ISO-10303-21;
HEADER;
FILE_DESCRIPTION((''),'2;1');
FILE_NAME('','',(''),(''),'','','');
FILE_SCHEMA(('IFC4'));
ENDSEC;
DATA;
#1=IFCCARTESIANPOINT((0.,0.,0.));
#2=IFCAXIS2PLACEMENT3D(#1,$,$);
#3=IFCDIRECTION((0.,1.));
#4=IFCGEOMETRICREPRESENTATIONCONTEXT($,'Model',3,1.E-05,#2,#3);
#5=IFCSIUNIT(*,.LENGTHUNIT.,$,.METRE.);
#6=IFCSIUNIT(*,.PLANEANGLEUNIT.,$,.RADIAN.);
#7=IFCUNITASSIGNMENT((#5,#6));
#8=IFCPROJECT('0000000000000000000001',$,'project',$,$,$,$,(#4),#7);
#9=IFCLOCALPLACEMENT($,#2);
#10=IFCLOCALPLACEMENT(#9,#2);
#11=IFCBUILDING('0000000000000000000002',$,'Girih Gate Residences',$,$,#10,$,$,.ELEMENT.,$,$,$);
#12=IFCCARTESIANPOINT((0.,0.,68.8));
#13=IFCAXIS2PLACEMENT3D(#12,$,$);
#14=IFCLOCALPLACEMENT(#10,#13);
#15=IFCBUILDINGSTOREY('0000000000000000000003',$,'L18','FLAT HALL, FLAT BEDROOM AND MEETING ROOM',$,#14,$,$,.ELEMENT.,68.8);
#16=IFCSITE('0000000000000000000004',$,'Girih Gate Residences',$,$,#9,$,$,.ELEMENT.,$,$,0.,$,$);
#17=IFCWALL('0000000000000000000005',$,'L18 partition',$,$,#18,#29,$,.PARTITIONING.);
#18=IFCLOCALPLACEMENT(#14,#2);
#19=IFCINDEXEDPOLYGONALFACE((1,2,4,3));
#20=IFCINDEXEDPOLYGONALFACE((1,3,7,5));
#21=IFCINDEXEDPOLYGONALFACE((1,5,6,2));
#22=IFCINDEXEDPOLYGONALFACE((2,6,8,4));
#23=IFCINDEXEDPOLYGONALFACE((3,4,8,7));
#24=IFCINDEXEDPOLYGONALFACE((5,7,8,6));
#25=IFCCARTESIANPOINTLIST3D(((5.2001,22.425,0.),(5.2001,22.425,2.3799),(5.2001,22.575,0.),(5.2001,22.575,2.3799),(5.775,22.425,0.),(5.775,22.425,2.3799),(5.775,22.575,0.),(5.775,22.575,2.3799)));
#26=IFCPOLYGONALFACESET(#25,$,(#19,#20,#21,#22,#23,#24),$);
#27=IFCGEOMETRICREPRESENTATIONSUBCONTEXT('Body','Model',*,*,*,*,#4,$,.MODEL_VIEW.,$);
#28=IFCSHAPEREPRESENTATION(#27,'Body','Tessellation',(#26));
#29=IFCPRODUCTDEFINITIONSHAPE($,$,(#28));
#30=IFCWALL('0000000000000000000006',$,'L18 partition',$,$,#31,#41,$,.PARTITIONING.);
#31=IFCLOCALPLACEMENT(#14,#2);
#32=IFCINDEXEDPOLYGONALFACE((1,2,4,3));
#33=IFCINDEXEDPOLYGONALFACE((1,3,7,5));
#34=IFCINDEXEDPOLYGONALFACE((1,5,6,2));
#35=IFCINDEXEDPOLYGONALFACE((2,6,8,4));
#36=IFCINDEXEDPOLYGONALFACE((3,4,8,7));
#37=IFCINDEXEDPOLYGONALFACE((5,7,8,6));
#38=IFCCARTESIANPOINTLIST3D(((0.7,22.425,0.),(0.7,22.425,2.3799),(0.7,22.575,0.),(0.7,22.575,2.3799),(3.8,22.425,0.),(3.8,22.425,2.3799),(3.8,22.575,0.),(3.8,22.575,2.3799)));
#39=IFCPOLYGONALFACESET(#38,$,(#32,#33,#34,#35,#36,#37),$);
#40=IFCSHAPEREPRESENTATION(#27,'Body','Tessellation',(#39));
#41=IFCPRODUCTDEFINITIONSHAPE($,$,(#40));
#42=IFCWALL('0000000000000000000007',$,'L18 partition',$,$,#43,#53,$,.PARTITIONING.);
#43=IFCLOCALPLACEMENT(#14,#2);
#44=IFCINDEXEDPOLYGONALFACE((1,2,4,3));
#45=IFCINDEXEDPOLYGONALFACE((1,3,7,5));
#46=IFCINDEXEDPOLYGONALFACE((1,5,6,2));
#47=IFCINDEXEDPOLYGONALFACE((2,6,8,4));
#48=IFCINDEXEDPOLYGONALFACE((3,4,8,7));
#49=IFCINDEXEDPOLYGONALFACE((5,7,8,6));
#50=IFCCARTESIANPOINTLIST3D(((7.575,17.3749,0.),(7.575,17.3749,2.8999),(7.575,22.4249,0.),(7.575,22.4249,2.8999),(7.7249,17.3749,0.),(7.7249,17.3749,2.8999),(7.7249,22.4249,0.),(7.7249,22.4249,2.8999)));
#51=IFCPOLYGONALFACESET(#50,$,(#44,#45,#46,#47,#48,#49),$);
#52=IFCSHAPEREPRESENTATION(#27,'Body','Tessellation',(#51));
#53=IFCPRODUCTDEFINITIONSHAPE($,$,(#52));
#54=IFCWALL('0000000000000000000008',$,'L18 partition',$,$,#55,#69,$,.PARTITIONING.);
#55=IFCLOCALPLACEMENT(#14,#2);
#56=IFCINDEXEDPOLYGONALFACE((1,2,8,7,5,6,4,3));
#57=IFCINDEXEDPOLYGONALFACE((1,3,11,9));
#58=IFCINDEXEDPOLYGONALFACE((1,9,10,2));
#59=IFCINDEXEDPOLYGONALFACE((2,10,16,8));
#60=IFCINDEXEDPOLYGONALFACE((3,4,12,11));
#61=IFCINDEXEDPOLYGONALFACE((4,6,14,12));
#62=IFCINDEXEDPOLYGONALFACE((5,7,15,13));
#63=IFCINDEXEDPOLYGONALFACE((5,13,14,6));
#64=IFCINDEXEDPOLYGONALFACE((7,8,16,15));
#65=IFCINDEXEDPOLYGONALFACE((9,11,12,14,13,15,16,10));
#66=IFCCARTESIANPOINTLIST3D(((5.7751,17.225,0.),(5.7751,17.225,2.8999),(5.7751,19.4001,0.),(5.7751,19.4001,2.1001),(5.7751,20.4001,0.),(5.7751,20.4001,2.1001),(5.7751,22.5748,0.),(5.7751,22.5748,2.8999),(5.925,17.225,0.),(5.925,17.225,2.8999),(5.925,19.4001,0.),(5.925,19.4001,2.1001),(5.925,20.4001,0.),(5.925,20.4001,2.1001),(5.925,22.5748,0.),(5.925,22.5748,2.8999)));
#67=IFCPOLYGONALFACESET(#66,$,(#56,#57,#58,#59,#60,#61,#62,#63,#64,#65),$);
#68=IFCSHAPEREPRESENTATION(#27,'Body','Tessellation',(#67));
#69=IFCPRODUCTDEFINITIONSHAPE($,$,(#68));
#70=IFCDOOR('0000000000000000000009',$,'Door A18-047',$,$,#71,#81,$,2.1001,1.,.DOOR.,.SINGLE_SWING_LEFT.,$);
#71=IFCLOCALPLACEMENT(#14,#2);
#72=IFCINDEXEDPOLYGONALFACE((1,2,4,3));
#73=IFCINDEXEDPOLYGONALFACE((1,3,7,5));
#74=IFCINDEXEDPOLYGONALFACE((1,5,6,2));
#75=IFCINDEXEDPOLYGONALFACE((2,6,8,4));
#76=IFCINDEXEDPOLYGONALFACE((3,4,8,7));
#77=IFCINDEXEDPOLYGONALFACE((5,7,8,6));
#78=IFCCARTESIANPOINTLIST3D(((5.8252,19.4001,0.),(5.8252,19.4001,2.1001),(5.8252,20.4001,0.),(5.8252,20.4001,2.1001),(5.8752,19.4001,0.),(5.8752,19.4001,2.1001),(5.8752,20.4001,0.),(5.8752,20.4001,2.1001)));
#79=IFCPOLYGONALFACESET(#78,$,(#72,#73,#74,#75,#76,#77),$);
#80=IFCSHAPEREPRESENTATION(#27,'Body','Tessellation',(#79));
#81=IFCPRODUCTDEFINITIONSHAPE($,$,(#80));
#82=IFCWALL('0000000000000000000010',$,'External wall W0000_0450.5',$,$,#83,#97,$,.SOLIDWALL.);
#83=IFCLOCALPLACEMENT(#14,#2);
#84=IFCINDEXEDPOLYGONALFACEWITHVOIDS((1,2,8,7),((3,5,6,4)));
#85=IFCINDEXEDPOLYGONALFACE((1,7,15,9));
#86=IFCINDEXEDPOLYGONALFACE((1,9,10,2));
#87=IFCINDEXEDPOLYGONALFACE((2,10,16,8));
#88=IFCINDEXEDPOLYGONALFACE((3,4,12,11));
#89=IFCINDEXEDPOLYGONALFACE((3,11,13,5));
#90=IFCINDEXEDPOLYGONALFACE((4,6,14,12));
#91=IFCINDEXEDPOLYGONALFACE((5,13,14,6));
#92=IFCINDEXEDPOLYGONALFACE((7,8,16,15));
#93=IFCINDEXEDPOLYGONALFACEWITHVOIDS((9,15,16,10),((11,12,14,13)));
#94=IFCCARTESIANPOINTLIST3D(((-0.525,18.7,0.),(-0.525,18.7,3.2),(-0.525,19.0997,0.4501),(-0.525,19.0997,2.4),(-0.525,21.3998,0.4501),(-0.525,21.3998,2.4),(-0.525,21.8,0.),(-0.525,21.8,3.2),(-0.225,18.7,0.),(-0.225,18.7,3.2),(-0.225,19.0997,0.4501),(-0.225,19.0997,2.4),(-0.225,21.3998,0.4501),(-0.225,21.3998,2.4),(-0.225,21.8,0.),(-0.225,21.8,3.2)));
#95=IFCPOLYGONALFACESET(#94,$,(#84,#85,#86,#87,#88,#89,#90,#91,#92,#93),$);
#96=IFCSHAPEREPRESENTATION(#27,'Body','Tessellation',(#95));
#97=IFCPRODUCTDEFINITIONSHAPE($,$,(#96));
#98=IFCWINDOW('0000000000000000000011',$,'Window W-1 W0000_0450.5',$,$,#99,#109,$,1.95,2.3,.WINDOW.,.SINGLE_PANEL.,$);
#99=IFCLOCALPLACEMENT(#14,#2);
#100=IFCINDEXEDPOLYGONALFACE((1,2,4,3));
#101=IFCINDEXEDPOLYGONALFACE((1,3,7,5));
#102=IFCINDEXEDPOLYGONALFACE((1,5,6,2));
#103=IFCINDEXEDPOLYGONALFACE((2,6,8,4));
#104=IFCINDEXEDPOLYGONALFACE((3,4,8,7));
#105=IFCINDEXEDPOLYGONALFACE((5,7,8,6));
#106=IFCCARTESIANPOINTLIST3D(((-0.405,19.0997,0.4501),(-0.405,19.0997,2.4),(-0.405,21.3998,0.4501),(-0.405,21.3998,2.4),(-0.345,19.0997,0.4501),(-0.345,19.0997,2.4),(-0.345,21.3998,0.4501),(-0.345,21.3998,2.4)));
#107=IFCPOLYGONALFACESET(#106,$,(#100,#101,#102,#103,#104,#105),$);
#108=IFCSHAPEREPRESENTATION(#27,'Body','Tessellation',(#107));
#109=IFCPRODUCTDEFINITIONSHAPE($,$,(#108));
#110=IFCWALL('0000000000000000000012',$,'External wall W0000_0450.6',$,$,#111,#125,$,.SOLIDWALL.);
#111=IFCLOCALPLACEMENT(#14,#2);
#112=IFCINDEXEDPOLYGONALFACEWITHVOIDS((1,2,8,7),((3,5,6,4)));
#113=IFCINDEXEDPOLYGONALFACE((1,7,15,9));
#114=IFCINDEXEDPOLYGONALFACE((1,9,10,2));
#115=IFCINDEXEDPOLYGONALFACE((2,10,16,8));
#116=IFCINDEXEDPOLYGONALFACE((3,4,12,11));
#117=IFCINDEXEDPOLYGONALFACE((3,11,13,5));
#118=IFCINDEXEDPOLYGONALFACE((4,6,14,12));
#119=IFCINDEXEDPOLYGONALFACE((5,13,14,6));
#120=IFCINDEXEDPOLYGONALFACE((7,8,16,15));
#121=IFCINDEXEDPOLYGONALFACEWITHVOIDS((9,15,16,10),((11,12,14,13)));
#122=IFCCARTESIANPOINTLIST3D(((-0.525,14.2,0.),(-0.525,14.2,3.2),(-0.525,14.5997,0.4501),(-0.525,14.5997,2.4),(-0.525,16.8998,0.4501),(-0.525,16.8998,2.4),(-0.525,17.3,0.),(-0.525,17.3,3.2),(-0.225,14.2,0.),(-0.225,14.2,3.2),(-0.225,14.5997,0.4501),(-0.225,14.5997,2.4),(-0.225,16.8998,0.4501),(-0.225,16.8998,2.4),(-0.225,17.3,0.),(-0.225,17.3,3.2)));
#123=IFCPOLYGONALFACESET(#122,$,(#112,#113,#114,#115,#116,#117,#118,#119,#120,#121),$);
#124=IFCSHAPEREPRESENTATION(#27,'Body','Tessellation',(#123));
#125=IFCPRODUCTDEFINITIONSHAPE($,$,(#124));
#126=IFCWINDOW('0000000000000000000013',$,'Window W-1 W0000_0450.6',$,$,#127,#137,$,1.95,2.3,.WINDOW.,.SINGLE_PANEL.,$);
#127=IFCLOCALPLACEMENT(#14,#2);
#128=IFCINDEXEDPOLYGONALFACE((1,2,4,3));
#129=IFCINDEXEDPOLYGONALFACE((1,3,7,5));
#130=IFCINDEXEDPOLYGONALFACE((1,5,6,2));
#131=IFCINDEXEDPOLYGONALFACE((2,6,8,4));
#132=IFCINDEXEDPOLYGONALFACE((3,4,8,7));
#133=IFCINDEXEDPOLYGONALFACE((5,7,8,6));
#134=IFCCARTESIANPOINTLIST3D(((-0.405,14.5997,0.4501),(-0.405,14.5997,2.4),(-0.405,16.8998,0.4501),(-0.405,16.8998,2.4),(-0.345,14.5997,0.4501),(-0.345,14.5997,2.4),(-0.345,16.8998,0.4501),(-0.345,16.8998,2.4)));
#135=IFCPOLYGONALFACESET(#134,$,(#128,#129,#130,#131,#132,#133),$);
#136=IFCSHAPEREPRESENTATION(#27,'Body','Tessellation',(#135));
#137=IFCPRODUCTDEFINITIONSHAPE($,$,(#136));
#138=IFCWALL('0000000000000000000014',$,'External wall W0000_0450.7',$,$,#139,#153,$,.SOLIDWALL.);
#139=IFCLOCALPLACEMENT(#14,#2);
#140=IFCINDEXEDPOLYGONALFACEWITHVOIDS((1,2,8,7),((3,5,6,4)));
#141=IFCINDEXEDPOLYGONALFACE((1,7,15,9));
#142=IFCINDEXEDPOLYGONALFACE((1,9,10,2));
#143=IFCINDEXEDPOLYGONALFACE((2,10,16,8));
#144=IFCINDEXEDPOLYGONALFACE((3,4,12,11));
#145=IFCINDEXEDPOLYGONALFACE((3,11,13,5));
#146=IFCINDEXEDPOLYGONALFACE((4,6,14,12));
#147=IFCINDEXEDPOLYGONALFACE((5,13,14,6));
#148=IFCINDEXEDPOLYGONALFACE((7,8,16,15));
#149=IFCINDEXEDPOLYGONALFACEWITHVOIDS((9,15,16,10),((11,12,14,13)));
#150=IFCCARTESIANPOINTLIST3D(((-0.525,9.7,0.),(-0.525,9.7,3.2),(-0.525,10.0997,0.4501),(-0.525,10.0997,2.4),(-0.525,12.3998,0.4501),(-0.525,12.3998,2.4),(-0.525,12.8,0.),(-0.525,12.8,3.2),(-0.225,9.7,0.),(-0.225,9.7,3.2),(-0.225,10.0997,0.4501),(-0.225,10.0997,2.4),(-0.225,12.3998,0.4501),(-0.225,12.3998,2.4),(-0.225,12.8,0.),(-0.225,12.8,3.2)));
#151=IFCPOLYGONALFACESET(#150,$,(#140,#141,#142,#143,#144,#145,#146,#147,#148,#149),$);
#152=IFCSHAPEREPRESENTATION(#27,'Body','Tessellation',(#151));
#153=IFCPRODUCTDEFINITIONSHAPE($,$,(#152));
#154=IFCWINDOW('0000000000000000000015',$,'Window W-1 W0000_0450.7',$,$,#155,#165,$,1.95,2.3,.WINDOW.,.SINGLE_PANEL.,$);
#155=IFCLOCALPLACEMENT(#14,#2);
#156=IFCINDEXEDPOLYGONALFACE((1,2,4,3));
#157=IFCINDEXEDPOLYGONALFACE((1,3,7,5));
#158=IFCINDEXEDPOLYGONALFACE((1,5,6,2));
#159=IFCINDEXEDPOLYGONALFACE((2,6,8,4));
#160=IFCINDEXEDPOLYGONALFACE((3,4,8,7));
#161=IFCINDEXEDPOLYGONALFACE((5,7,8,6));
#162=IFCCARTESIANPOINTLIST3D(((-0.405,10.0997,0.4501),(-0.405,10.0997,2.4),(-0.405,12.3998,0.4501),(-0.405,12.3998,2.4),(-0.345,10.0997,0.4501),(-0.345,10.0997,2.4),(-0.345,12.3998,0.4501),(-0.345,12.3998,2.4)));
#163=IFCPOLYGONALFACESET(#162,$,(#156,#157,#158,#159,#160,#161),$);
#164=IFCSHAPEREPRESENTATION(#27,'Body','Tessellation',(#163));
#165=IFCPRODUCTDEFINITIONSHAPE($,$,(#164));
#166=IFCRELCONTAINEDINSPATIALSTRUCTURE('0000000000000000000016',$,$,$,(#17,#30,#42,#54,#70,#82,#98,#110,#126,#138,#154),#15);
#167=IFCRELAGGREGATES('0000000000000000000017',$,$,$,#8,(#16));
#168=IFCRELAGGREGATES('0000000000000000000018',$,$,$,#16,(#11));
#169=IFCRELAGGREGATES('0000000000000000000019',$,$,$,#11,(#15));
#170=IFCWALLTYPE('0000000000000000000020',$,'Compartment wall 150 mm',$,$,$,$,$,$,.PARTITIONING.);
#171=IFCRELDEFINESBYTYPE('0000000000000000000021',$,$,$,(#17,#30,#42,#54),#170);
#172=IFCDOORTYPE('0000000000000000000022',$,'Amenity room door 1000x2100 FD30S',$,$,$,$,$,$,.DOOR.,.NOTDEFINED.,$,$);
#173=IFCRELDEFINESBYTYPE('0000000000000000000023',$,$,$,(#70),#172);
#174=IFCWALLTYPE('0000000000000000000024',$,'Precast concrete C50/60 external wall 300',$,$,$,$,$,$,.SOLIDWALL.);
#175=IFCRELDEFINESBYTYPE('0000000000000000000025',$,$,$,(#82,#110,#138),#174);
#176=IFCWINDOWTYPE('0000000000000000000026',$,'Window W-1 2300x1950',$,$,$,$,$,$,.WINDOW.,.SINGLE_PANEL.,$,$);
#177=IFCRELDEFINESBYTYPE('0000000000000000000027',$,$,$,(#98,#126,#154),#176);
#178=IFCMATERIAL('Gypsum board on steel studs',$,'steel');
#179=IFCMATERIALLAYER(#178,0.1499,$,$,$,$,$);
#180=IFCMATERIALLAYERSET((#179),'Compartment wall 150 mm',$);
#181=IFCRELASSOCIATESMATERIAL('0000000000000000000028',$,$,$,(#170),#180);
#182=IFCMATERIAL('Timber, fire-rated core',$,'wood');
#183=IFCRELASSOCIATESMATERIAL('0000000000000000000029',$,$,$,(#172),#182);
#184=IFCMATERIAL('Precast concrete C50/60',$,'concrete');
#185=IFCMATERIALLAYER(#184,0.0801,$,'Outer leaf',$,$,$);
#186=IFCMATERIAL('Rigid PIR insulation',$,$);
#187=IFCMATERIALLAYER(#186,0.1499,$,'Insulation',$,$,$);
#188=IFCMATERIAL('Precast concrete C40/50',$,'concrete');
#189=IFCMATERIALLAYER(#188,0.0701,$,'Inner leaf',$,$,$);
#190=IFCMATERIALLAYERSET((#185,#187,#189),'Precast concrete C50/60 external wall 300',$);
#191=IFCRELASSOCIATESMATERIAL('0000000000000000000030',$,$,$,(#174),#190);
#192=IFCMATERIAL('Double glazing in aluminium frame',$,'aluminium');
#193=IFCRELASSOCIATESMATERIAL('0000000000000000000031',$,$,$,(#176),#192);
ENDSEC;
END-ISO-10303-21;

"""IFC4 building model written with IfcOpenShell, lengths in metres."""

from ifc_helpers import new_model, si_unit, direction, frame, frame_2d, origin, place, context, subcontext, project, spatial, rectangle, extrude, material, layer, layer_set, type_object, element, fill, save


model = new_model("IFC4")

# Units and contexts
model_context = context("Model", 3, precision=1e-05, world=origin(), true_north=direction((0.0, 1.0)))
body_context = subcontext(model_context, "Body", "Model", "MODEL_VIEW")
ifc_project = project(units=[si_unit("LENGTHUNIT", "METRE"), si_unit("PLANEANGLEUNIT", "RADIAN")], contexts=[model_context])

# Site, building, storey
site_placement = place(None, origin())
site = spatial("IfcSite", under=ifc_project, at=site_placement, Name="Girih Gate Residences", CompositionType="ELEMENT", RefElevation=0.0)
building_placement = place(site_placement, origin())
building = spatial("IfcBuilding", under=site, at=building_placement, Name="Girih Gate Residences", CompositionType="ELEMENT")
storey_placement = place(building_placement, frame((0.0, 0.0, 68.8)))
storey = spatial("IfcBuildingStorey", under=building, at=storey_placement, Name="L18", Description="FLAT HALL, FLAT BEDROOM AND MEETING ROOM", CompositionType="ELEMENT", Elevation=68.8)

# Shared definitions
ifc_material_1 = material(Name="Gypsum board on steel studs", Category="steel")
ifc_layer_1 = layer(ifc_material_1, 0.1499)
ifc_layer_set_1 = layer_set([ifc_layer_1], Name="Compartment wall 150 mm")
wall_type_1 = type_object("IfcWallType", Name="Compartment wall 150 mm", PredefinedType="PARTITIONING", material=ifc_layer_set_1)

# Walls
wall_1_placement = place(storey_placement, frame((5.2, 22.5, 0.0), z_axis=(0.0, 0.0, 1.0), x_axis=(1.0, 0.0, 0.0)))
element("IfcWall", 1, at=wall_1_placement, inside=storey, type_object=wall_type_1, Name="L18 partition", PredefinedType="PARTITIONING", context=body_context, shape_type="SweptSolid", body=[
    extrude(rectangle(XDim=0.575, YDim=0.1499, at=frame_2d((0.2876, 0.0))), origin(), (0.0, 0.0, 1.0), 2.3799),
])
wall_2_placement = place(storey_placement, frame((0.7, 22.5, 0.0), z_axis=(0.0, 0.0, 1.0), x_axis=(1.0, 0.0, 0.0)))
element("IfcWall", 2, at=wall_2_placement, inside=storey, type_object=wall_type_1, Name="L18 partition", PredefinedType="PARTITIONING", context=body_context, shape_type="SweptSolid", body=[
    extrude(rectangle(XDim=3.1001, YDim=0.1499, at=frame_2d((1.55, 0.0))), origin(), (0.0, 0.0, 1.0), 2.3799),
])
wall_3_placement = place(storey_placement, frame((7.6499, 17.375, 0.0), z_axis=(0.0, 0.0, 1.0), x_axis=(0.0, 1.0, 0.0)))
element("IfcWall", 3, at=wall_3_placement, inside=storey, type_object=wall_type_1, Name="L18 partition", PredefinedType="PARTITIONING", context=body_context, shape_type="SweptSolid", body=[
    extrude(rectangle(XDim=5.05, YDim=0.1499, at=frame_2d((2.5249, 0.0))), origin(), (0.0, 0.0, 1.0), 2.8999),
])

# Wall, opening, door
wall_4_placement = place(storey_placement, frame((5.8501, 17.2251, 0.0), z_axis=(0.0, 0.0, 1.0), x_axis=(0.0, 1.0, 0.0)))
wall_4 = element("IfcWall", 4, at=wall_4_placement, inside=storey, type_object=wall_type_1, Name="L18 partition", PredefinedType="PARTITIONING", context=body_context, shape_type="SweptSolid", body=[
    extrude(rectangle(XDim=5.3499, YDim=0.1499, at=frame_2d((2.6748, 0.0))), origin(), (0.0, 0.0, 1.0), 2.8999),
])
opening_1_placement = place(wall_4_placement, frame((2.175, 0.0, 0.0)))
opening_1 = element("IfcOpeningElement", 5, at=opening_1_placement, cuts=wall_4, PredefinedType="OPENING", context=body_context, shape_type="SweptSolid", body=[
    extrude(rectangle(XDim=1.0, YDim=2.1001, at=frame_2d((0.5, 1.05))), frame((0.0, 0.085, 0.0), z_axis=(0.0, -1.0, 0.0), x_axis=(1.0, 0.0, 0.0)), (0.0, 0.0, 1.0), 0.1699),
])
ifc_material_2 = material(Name="Timber, fire-rated core", Category="wood")
door_type_1 = type_object("IfcDoorType", Name="Amenity room door 1000x2100 FD30S", OperationType="NOTDEFINED", PredefinedType="DOOR", material=ifc_material_2)
door_1_placement = place(opening_1_placement, origin())
door_1 = element("IfcDoor", 6, at=door_1_placement, inside=storey, type_object=door_type_1, Name="Door A18-047", OperationType="SINGLE_SWING_LEFT", OverallHeight=2.1001, OverallWidth=1.0, PredefinedType="DOOR", context=body_context, shape_type="SweptSolid", body=[
    extrude(rectangle(XDim=1.0, YDim=2.1001, at=frame_2d((0.5, 1.05))), frame((0.0, 0.0249, 0.0), z_axis=(0.0, -1.0, 0.0), x_axis=(1.0, 0.0, 0.0)), (0.0, 0.0, 1.0), 0.05),
])
fill(opening_1, door_1)

# Walls, openings, windows
ifc_material_3 = material(Name="Precast concrete C50/60", Category="concrete")
ifc_layer_2 = layer(ifc_material_3, 0.0801, Name="Outer leaf")
ifc_material_4 = material(Name="Rigid PIR insulation")
ifc_layer_3 = layer(ifc_material_4, 0.1499, Name="Insulation")
ifc_material_5 = material(Name="Precast concrete C40/50", Category="concrete")
ifc_layer_4 = layer(ifc_material_5, 0.0701, Name="Inner leaf")
ifc_layer_set_2 = layer_set([ifc_layer_2, ifc_layer_3, ifc_layer_4], Name="Precast concrete C50/60 external wall 300")
wall_type_2 = type_object("IfcWallType", Name="Precast concrete C50/60 external wall 300", PredefinedType="SOLIDWALL", material=ifc_layer_set_2)
wall_5_placement = place(storey_placement, frame((-0.375, 18.7, 0.0), z_axis=(0.0, 0.0, 1.0), x_axis=(0.0, 1.0, 0.0)))
wall_5 = element("IfcWall", 7, at=wall_5_placement, inside=storey, type_object=wall_type_2, Name="External wall W0000_0450.5", PredefinedType="SOLIDWALL", context=body_context, shape_type="SweptSolid", body=[
    extrude(rectangle(XDim=3.1001, YDim=0.3, at=frame_2d((1.55, 0.0))), origin(), (0.0, 0.0, 1.0), 3.2),
])
opening_2_placement = place(wall_5_placement, frame((0.3999, 0.0, 0.45)))
opening_2 = element("IfcOpeningElement", 8, at=opening_2_placement, cuts=wall_5, PredefinedType="OPENING", context=body_context, shape_type="SweptSolid", body=[
    extrude(rectangle(XDim=2.3, YDim=1.95, at=frame_2d((1.1499, 0.9751))), frame((0.0, 0.1599, 0.0), z_axis=(0.0, -1.0, 0.0), x_axis=(1.0, 0.0, 0.0)), (0.0, 0.0, 1.0), 0.3201),
])
ifc_material_6 = material(Name="Double glazing in aluminium frame", Category="aluminium")
window_type = type_object("IfcWindowType", Name="Window W-1 2300x1950", PartitioningType="SINGLE_PANEL", PredefinedType="WINDOW", material=ifc_material_6)
window_1_placement = place(opening_2_placement, origin())
window_1 = element("IfcWindow", 9, at=window_1_placement, inside=storey, type_object=window_type, Name="Window W-1 W0000_0450.5", OverallHeight=1.95, OverallWidth=2.3, PartitioningType="SINGLE_PANEL", PredefinedType="WINDOW", context=body_context, shape_type="SweptSolid", body=[
    extrude(rectangle(XDim=2.3, YDim=1.95, at=frame_2d((1.1499, 0.9751))), frame((0.0, 0.03, 0.0), z_axis=(0.0, -1.0, 0.0), x_axis=(1.0, 0.0, 0.0)), (0.0, 0.0, 1.0), 0.0601),
])
fill(opening_2, window_1)
wall_6_placement = place(storey_placement, frame((-0.375, 14.2, 0.0), z_axis=(0.0, 0.0, 1.0), x_axis=(0.0, 1.0, 0.0)))
wall_6 = element("IfcWall", 10, at=wall_6_placement, inside=storey, type_object=wall_type_2, Name="External wall W0000_0450.6", PredefinedType="SOLIDWALL", context=body_context, shape_type="SweptSolid", body=[
    extrude(rectangle(XDim=3.1001, YDim=0.3, at=frame_2d((1.55, 0.0))), origin(), (0.0, 0.0, 1.0), 3.2),
])
opening_3_placement = place(wall_6_placement, frame((0.3999, 0.0, 0.45)))
opening_3 = element("IfcOpeningElement", 11, at=opening_3_placement, cuts=wall_6, PredefinedType="OPENING", context=body_context, shape_type="SweptSolid", body=[
    extrude(rectangle(XDim=2.3, YDim=1.95, at=frame_2d((1.1499, 0.9751))), frame((0.0, 0.1599, 0.0), z_axis=(0.0, -1.0, 0.0), x_axis=(1.0, 0.0, 0.0)), (0.0, 0.0, 1.0), 0.3201),
])
window_2_placement = place(opening_3_placement, origin())
window_2 = element("IfcWindow", 12, at=window_2_placement, inside=storey, type_object=window_type, Name="Window W-1 W0000_0450.6", OverallHeight=1.95, OverallWidth=2.3, PartitioningType="SINGLE_PANEL", PredefinedType="WINDOW", context=body_context, shape_type="SweptSolid", body=[
    extrude(rectangle(XDim=2.3, YDim=1.95, at=frame_2d((1.1499, 0.9751))), frame((0.0, 0.03, 0.0), z_axis=(0.0, -1.0, 0.0), x_axis=(1.0, 0.0, 0.0)), (0.0, 0.0, 1.0), 0.0601),
])
fill(opening_3, window_2)
wall_7_placement = place(storey_placement, frame((-0.375, 9.7, 0.0), z_axis=(0.0, 0.0, 1.0), x_axis=(0.0, 1.0, 0.0)))
wall_7 = element("IfcWall", 13, at=wall_7_placement, inside=storey, type_object=wall_type_2, Name="External wall W0000_0450.7", PredefinedType="SOLIDWALL", context=body_context, shape_type="SweptSolid", body=[
    extrude(rectangle(XDim=3.1001, YDim=0.3, at=frame_2d((1.55, 0.0))), origin(), (0.0, 0.0, 1.0), 3.2),
])
opening_4_placement = place(wall_7_placement, frame((0.3999, 0.0, 0.45)))
opening_4 = element("IfcOpeningElement", 14, at=opening_4_placement, cuts=wall_7, PredefinedType="OPENING", context=body_context, shape_type="SweptSolid", body=[
    extrude(rectangle(XDim=2.3, YDim=1.95, at=frame_2d((1.1499, 0.9751))), frame((0.0, 0.1599, 0.0), z_axis=(0.0, -1.0, 0.0), x_axis=(1.0, 0.0, 0.0)), (0.0, 0.0, 1.0), 0.3201),
])
window_3_placement = place(opening_4_placement, origin())
window_3 = element("IfcWindow", 15, at=window_3_placement, inside=storey, type_object=window_type, Name="Window W-1 W0000_0450.7", OverallHeight=1.95, OverallWidth=2.3, PartitioningType="SINGLE_PANEL", PredefinedType="WINDOW", context=body_context, shape_type="SweptSolid", body=[
    extrude(rectangle(XDim=2.3, YDim=1.95, at=frame_2d((1.1499, 0.9751))), frame((0.0, 0.03, 0.0), z_axis=(0.0, -1.0, 0.0), x_axis=(1.0, 0.0, 0.0)), (0.0, 0.0, 1.0), 0.0601),
])
fill(opening_4, window_3)

save(model, "model.ifc")
